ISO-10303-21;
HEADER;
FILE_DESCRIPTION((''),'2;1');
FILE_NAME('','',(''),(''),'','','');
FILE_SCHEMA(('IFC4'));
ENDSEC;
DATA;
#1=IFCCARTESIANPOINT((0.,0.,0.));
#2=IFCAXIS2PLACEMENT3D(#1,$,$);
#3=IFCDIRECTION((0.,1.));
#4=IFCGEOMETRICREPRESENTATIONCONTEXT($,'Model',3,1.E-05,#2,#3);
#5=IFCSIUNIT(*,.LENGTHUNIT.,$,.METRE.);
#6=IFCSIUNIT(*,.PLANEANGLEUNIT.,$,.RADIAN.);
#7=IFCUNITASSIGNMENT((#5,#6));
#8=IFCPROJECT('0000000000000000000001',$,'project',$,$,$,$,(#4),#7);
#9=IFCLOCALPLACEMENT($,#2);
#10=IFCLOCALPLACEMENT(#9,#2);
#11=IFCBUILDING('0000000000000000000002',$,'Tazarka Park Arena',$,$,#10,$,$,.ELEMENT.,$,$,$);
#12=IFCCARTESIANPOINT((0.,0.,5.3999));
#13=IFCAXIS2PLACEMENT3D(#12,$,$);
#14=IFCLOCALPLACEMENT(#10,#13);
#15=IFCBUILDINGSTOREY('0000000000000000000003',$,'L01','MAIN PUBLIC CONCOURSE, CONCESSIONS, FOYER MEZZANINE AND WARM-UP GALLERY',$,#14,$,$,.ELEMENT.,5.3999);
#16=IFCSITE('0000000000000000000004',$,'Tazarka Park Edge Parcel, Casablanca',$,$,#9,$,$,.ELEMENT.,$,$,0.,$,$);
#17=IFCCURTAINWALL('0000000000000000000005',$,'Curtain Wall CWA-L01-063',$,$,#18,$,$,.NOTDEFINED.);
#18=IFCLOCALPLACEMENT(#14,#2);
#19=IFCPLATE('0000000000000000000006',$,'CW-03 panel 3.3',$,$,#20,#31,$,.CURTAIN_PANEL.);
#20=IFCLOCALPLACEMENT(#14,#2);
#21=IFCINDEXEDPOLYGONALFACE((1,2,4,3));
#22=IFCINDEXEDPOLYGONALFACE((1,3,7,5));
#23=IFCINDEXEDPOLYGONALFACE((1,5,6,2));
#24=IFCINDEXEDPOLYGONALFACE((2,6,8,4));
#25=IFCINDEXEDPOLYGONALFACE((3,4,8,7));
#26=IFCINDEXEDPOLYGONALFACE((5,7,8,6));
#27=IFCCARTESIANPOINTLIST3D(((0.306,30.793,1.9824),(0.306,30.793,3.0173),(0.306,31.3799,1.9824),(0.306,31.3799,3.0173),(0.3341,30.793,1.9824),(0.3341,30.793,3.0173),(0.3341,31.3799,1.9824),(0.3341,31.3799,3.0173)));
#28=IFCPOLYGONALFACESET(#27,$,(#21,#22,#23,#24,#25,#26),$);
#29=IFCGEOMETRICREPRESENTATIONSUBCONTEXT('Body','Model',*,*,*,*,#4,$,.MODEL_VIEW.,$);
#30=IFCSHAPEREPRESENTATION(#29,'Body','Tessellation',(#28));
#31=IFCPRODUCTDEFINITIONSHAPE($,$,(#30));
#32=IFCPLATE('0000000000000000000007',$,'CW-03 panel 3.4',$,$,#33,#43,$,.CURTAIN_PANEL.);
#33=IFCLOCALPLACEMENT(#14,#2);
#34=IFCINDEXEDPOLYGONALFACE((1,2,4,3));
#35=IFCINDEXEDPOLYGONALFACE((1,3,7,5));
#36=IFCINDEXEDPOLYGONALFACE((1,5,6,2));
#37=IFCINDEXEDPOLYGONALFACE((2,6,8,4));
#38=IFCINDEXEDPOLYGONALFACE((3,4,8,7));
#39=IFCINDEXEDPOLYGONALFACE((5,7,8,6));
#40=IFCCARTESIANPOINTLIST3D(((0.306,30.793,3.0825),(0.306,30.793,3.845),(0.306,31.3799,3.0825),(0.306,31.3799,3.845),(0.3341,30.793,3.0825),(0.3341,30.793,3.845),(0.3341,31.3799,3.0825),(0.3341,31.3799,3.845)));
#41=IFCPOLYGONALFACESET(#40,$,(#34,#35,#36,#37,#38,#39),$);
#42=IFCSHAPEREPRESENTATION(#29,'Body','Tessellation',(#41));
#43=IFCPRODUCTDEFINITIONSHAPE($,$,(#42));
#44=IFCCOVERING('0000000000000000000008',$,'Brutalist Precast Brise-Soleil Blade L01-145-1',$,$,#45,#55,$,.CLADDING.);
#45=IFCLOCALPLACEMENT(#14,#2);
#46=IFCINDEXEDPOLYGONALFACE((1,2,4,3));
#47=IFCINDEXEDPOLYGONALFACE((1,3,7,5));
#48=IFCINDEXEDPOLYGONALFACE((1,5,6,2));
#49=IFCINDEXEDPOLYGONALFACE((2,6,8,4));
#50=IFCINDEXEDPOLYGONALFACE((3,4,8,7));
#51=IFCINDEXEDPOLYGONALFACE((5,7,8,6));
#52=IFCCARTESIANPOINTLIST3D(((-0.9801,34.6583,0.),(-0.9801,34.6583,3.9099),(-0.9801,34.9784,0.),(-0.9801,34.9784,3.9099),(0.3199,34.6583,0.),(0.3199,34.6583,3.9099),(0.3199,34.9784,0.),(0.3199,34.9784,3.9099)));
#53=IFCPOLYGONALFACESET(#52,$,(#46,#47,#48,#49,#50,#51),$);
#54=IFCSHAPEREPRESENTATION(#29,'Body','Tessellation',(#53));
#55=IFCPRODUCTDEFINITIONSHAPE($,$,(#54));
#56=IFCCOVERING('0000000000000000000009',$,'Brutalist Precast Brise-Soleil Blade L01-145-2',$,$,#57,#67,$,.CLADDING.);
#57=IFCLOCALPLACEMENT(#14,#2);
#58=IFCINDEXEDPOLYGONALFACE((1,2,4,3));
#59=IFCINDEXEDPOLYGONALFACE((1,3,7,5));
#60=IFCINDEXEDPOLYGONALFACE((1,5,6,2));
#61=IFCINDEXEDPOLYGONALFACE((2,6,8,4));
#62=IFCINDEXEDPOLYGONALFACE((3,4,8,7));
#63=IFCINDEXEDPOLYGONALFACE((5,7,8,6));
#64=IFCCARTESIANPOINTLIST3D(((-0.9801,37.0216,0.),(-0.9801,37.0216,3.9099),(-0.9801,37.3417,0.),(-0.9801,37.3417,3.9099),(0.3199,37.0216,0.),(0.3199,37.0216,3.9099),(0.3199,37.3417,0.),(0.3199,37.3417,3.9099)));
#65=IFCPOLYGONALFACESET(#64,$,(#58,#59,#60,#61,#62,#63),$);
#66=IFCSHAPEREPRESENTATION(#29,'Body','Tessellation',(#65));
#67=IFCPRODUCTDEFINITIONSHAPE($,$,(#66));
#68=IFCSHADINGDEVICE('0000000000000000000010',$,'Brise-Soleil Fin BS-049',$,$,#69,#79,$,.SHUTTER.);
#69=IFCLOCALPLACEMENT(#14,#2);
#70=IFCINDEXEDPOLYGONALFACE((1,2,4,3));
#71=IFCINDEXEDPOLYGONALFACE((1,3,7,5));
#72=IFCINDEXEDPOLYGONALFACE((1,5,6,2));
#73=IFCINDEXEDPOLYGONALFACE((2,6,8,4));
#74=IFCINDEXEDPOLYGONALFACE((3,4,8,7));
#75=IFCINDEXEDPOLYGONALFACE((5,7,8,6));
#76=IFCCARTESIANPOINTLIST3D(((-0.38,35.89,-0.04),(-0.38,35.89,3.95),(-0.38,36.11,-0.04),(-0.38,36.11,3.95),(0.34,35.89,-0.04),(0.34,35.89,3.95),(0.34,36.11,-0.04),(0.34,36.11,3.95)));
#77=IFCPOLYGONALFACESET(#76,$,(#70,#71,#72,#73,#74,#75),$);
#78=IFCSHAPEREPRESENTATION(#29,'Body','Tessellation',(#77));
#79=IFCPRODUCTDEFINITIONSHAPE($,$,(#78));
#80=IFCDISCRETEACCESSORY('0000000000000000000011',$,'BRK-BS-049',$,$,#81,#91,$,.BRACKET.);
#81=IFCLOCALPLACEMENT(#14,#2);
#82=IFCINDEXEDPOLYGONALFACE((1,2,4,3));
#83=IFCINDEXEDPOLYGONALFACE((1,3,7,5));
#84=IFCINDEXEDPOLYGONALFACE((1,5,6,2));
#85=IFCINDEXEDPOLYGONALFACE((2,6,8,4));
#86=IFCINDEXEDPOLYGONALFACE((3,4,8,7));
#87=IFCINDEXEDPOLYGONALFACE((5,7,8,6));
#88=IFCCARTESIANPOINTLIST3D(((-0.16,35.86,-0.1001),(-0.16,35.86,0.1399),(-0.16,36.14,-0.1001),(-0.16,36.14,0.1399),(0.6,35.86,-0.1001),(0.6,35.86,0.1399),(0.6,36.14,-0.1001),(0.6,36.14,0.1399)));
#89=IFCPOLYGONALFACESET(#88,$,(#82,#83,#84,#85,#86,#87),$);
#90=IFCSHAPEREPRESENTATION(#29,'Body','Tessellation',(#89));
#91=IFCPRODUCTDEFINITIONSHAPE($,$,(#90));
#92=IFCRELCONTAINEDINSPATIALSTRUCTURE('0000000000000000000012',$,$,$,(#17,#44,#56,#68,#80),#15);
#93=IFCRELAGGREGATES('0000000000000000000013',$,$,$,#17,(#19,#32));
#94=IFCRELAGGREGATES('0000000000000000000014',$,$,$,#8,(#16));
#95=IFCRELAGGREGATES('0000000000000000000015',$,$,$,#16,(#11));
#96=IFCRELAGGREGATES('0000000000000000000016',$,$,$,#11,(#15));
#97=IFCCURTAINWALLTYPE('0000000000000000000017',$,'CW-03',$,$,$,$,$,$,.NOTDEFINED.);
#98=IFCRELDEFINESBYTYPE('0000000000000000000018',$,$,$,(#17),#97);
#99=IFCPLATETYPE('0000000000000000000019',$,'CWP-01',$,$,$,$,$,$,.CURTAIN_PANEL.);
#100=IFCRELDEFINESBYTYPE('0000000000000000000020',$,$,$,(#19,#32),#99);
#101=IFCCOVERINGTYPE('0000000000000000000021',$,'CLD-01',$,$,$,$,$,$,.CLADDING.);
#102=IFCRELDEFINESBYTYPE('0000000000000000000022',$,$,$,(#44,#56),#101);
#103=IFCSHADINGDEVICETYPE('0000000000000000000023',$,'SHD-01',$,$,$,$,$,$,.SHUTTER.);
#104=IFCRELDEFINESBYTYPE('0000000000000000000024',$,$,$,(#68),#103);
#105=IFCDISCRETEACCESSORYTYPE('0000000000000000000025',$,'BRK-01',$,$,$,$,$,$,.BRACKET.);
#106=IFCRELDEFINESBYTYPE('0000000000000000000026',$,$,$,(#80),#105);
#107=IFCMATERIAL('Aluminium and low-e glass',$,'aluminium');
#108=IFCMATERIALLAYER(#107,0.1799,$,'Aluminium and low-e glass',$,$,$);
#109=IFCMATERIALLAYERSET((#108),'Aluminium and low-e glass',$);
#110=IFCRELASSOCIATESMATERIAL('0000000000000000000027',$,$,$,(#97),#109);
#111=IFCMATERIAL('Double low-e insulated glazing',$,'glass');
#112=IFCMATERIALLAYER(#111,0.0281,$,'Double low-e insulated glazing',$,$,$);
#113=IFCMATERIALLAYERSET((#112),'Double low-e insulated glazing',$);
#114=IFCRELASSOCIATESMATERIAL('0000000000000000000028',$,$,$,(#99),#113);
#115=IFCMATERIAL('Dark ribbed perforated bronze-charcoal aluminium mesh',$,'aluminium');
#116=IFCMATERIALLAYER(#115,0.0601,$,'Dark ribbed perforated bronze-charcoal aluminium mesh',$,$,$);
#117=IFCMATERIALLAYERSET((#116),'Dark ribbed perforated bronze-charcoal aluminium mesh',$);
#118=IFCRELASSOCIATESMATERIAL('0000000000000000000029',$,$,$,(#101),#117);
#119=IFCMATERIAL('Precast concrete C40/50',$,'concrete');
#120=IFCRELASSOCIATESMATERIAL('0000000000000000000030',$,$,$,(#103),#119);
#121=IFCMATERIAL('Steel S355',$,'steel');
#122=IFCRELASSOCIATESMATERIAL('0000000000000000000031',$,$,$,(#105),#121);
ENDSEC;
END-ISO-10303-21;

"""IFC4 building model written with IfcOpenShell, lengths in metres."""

from ifc_helpers import new_model, si_unit, direction, frame, origin, origin_2d, place, context, subcontext, project, spatial, rectangle, extrude, material, layer, layer_set, type_object, element, aggregate, save


model = new_model("IFC4")

# Units and contexts
model_context = context("Model", 3, precision=1e-05, world=origin(), true_north=direction((0.0, 1.0)))
body_context = subcontext(model_context, "Body", "Model", "MODEL_VIEW")
ifc_project = project(units=[si_unit("LENGTHUNIT", "METRE"), si_unit("PLANEANGLEUNIT", "RADIAN")], contexts=[model_context])

# Site, building, storey
site_placement = place(None, origin())
site = spatial("IfcSite", under=ifc_project, at=site_placement, Name="Tazarka Park Edge Parcel, Casablanca", CompositionType="ELEMENT", RefElevation=0.0)
building_placement = place(site_placement, origin())
building = spatial("IfcBuilding", under=site, at=building_placement, Name="Tazarka Park Arena", CompositionType="ELEMENT")
storey_placement = place(building_placement, frame((0.0, 0.0, 5.3999)))
storey = spatial("IfcBuildingStorey", under=building, at=storey_placement, Name="L01", Description="MAIN PUBLIC CONCOURSE, CONCESSIONS, FOYER MEZZANINE AND WARM-UP GALLERY", CompositionType="ELEMENT", Elevation=5.3999)

# Curtain wall
ifc_material_1 = material(Name="Aluminium and low-e glass", Category="aluminium")
ifc_layer_1 = layer(ifc_material_1, 0.1799, Name="Aluminium and low-e glass")
ifc_layer_set_1 = layer_set([ifc_layer_1], Name="Aluminium and low-e glass")
curtain_wall_type_1 = type_object("IfcCurtainWallType", Name="CW-03", PredefinedType="NOTDEFINED", material=ifc_layer_set_1)
curtain_wall_1_placement = place(storey_placement, origin())
curtain_wall_1 = element("IfcCurtainWall", 1, at=curtain_wall_1_placement, inside=storey, type_object=curtain_wall_type_1, Name="Curtain Wall CWA-L01-063", PredefinedType="NOTDEFINED")

# Plates
ifc_material_2 = material(Name="Double low-e insulated glazing", Category="glass")
ifc_layer_2 = layer(ifc_material_2, 0.0281, Name="Double low-e insulated glazing")
ifc_layer_set_2 = layer_set([ifc_layer_2], Name="Double low-e insulated glazing")
plate_type = type_object("IfcPlateType", Name="CWP-01", PredefinedType="CURTAIN_PANEL", material=ifc_layer_set_2)
plate_1_placement = place(storey_placement, frame((0.3201, 31.0864, 1.9824), z_axis=(0.0, 0.0, 1.0), x_axis=(0.0, 1.0, 0.0)))
plate_1 = element("IfcPlate", 2, at=plate_1_placement, type_object=plate_type, Name="CW-03 panel 3.3", PredefinedType="CURTAIN_PANEL", context=body_context, shape_type="SweptSolid", body=[
    extrude(rectangle(XDim=0.5869, YDim=0.0281, at=origin_2d()), origin(), (0.0, 0.0, 1.0), 1.0349),
])
plate_2_placement = place(storey_placement, frame((0.3201, 31.0864, 3.0825), z_axis=(0.0, 0.0, 1.0), x_axis=(0.0, 1.0, 0.0)))
plate_2 = element("IfcPlate", 3, at=plate_2_placement, type_object=plate_type, Name="CW-03 panel 3.4", PredefinedType="CURTAIN_PANEL", context=body_context, shape_type="SweptSolid", body=[
    extrude(rectangle(XDim=0.5869, YDim=0.0281, at=origin_2d()), origin(), (0.0, 0.0, 1.0), 0.7625),
])
aggregate(curtain_wall_1, [plate_1, plate_2])

# Coverings
ifc_material_3 = material(Name="Dark ribbed perforated bronze-charcoal aluminium mesh", Category="aluminium")
ifc_layer_3 = layer(ifc_material_3, 0.0601, Name="Dark ribbed perforated bronze-charcoal aluminium mesh")
ifc_layer_set_3 = layer_set([ifc_layer_3], Name="Dark ribbed perforated bronze-charcoal aluminium mesh")
covering_type = type_object("IfcCoveringType", Name="CLD-01", PredefinedType="CLADDING", material=ifc_layer_set_3)
for number, where, z_axis, x_axis, name in (
    (4, (-0.3301, 34.8184, 0.0), (0.0, 0.0, 1.0), (0.0, 1.0, 0.0), "Brutalist Precast Brise-Soleil Blade L01-145-1"),
    (5, (-0.3301, 37.1816, 0.0), (0.0, 0.0, 1.0), (0.0, 1.0, 0.0), "Brutalist Precast Brise-Soleil Blade L01-145-2"),
):
    element("IfcCovering", number, at=place(storey_placement, frame(where, z_axis=z_axis, x_axis=x_axis)), inside=storey, type_object=covering_type, Name=name, PredefinedType="CLADDING", context=body_context, shape_type="SweptSolid", body=[
        extrude(rectangle(XDim=0.3201, YDim=1.3, at=origin_2d()), origin(), (0.0, 0.0, 1.0), 3.9099),
    ])

# Shading device
ifc_material_4 = material(Name="Precast concrete C40/50", Category="concrete")
shading_device_type = type_object("IfcShadingDeviceType", Name="SHD-01", PredefinedType="SHUTTER", material=ifc_material_4)
shading_device_placement = place(storey_placement, frame((-0.02, 36.0, -0.04), z_axis=(0.0, 0.0, 1.0), x_axis=(0.0, 1.0, 0.0)))
element("IfcShadingDevice", 6, at=shading_device_placement, inside=storey, type_object=shading_device_type, Name="Brise-Soleil Fin BS-049", PredefinedType="SHUTTER", context=body_context, shape_type="SweptSolid", body=[
    extrude(rectangle(XDim=0.22, YDim=0.72, at=origin_2d()), origin(), (0.0, 0.0, 1.0), 3.99),
])

# Discrete accessory
ifc_material_5 = material(Name="Steel S355", Category="steel")
discrete_accessory_type = type_object("IfcDiscreteAccessoryType", Name="BRK-01", PredefinedType="BRACKET", material=ifc_material_5)
discrete_accessory_placement = place(storey_placement, frame((0.22, 36.0, -0.1001), z_axis=(0.0, 0.0, 1.0), x_axis=(0.0, 1.0, 0.0)))
element("IfcDiscreteAccessory", 7, at=discrete_accessory_placement, inside=storey, type_object=discrete_accessory_type, Name="BRK-BS-049", PredefinedType="BRACKET", context=body_context, shape_type="SweptSolid", body=[
    extrude(rectangle(XDim=0.28, YDim=0.76, at=origin_2d()), origin(), (0.0, 0.0, 1.0), 0.24),
])

save(model, "model.ifc")
